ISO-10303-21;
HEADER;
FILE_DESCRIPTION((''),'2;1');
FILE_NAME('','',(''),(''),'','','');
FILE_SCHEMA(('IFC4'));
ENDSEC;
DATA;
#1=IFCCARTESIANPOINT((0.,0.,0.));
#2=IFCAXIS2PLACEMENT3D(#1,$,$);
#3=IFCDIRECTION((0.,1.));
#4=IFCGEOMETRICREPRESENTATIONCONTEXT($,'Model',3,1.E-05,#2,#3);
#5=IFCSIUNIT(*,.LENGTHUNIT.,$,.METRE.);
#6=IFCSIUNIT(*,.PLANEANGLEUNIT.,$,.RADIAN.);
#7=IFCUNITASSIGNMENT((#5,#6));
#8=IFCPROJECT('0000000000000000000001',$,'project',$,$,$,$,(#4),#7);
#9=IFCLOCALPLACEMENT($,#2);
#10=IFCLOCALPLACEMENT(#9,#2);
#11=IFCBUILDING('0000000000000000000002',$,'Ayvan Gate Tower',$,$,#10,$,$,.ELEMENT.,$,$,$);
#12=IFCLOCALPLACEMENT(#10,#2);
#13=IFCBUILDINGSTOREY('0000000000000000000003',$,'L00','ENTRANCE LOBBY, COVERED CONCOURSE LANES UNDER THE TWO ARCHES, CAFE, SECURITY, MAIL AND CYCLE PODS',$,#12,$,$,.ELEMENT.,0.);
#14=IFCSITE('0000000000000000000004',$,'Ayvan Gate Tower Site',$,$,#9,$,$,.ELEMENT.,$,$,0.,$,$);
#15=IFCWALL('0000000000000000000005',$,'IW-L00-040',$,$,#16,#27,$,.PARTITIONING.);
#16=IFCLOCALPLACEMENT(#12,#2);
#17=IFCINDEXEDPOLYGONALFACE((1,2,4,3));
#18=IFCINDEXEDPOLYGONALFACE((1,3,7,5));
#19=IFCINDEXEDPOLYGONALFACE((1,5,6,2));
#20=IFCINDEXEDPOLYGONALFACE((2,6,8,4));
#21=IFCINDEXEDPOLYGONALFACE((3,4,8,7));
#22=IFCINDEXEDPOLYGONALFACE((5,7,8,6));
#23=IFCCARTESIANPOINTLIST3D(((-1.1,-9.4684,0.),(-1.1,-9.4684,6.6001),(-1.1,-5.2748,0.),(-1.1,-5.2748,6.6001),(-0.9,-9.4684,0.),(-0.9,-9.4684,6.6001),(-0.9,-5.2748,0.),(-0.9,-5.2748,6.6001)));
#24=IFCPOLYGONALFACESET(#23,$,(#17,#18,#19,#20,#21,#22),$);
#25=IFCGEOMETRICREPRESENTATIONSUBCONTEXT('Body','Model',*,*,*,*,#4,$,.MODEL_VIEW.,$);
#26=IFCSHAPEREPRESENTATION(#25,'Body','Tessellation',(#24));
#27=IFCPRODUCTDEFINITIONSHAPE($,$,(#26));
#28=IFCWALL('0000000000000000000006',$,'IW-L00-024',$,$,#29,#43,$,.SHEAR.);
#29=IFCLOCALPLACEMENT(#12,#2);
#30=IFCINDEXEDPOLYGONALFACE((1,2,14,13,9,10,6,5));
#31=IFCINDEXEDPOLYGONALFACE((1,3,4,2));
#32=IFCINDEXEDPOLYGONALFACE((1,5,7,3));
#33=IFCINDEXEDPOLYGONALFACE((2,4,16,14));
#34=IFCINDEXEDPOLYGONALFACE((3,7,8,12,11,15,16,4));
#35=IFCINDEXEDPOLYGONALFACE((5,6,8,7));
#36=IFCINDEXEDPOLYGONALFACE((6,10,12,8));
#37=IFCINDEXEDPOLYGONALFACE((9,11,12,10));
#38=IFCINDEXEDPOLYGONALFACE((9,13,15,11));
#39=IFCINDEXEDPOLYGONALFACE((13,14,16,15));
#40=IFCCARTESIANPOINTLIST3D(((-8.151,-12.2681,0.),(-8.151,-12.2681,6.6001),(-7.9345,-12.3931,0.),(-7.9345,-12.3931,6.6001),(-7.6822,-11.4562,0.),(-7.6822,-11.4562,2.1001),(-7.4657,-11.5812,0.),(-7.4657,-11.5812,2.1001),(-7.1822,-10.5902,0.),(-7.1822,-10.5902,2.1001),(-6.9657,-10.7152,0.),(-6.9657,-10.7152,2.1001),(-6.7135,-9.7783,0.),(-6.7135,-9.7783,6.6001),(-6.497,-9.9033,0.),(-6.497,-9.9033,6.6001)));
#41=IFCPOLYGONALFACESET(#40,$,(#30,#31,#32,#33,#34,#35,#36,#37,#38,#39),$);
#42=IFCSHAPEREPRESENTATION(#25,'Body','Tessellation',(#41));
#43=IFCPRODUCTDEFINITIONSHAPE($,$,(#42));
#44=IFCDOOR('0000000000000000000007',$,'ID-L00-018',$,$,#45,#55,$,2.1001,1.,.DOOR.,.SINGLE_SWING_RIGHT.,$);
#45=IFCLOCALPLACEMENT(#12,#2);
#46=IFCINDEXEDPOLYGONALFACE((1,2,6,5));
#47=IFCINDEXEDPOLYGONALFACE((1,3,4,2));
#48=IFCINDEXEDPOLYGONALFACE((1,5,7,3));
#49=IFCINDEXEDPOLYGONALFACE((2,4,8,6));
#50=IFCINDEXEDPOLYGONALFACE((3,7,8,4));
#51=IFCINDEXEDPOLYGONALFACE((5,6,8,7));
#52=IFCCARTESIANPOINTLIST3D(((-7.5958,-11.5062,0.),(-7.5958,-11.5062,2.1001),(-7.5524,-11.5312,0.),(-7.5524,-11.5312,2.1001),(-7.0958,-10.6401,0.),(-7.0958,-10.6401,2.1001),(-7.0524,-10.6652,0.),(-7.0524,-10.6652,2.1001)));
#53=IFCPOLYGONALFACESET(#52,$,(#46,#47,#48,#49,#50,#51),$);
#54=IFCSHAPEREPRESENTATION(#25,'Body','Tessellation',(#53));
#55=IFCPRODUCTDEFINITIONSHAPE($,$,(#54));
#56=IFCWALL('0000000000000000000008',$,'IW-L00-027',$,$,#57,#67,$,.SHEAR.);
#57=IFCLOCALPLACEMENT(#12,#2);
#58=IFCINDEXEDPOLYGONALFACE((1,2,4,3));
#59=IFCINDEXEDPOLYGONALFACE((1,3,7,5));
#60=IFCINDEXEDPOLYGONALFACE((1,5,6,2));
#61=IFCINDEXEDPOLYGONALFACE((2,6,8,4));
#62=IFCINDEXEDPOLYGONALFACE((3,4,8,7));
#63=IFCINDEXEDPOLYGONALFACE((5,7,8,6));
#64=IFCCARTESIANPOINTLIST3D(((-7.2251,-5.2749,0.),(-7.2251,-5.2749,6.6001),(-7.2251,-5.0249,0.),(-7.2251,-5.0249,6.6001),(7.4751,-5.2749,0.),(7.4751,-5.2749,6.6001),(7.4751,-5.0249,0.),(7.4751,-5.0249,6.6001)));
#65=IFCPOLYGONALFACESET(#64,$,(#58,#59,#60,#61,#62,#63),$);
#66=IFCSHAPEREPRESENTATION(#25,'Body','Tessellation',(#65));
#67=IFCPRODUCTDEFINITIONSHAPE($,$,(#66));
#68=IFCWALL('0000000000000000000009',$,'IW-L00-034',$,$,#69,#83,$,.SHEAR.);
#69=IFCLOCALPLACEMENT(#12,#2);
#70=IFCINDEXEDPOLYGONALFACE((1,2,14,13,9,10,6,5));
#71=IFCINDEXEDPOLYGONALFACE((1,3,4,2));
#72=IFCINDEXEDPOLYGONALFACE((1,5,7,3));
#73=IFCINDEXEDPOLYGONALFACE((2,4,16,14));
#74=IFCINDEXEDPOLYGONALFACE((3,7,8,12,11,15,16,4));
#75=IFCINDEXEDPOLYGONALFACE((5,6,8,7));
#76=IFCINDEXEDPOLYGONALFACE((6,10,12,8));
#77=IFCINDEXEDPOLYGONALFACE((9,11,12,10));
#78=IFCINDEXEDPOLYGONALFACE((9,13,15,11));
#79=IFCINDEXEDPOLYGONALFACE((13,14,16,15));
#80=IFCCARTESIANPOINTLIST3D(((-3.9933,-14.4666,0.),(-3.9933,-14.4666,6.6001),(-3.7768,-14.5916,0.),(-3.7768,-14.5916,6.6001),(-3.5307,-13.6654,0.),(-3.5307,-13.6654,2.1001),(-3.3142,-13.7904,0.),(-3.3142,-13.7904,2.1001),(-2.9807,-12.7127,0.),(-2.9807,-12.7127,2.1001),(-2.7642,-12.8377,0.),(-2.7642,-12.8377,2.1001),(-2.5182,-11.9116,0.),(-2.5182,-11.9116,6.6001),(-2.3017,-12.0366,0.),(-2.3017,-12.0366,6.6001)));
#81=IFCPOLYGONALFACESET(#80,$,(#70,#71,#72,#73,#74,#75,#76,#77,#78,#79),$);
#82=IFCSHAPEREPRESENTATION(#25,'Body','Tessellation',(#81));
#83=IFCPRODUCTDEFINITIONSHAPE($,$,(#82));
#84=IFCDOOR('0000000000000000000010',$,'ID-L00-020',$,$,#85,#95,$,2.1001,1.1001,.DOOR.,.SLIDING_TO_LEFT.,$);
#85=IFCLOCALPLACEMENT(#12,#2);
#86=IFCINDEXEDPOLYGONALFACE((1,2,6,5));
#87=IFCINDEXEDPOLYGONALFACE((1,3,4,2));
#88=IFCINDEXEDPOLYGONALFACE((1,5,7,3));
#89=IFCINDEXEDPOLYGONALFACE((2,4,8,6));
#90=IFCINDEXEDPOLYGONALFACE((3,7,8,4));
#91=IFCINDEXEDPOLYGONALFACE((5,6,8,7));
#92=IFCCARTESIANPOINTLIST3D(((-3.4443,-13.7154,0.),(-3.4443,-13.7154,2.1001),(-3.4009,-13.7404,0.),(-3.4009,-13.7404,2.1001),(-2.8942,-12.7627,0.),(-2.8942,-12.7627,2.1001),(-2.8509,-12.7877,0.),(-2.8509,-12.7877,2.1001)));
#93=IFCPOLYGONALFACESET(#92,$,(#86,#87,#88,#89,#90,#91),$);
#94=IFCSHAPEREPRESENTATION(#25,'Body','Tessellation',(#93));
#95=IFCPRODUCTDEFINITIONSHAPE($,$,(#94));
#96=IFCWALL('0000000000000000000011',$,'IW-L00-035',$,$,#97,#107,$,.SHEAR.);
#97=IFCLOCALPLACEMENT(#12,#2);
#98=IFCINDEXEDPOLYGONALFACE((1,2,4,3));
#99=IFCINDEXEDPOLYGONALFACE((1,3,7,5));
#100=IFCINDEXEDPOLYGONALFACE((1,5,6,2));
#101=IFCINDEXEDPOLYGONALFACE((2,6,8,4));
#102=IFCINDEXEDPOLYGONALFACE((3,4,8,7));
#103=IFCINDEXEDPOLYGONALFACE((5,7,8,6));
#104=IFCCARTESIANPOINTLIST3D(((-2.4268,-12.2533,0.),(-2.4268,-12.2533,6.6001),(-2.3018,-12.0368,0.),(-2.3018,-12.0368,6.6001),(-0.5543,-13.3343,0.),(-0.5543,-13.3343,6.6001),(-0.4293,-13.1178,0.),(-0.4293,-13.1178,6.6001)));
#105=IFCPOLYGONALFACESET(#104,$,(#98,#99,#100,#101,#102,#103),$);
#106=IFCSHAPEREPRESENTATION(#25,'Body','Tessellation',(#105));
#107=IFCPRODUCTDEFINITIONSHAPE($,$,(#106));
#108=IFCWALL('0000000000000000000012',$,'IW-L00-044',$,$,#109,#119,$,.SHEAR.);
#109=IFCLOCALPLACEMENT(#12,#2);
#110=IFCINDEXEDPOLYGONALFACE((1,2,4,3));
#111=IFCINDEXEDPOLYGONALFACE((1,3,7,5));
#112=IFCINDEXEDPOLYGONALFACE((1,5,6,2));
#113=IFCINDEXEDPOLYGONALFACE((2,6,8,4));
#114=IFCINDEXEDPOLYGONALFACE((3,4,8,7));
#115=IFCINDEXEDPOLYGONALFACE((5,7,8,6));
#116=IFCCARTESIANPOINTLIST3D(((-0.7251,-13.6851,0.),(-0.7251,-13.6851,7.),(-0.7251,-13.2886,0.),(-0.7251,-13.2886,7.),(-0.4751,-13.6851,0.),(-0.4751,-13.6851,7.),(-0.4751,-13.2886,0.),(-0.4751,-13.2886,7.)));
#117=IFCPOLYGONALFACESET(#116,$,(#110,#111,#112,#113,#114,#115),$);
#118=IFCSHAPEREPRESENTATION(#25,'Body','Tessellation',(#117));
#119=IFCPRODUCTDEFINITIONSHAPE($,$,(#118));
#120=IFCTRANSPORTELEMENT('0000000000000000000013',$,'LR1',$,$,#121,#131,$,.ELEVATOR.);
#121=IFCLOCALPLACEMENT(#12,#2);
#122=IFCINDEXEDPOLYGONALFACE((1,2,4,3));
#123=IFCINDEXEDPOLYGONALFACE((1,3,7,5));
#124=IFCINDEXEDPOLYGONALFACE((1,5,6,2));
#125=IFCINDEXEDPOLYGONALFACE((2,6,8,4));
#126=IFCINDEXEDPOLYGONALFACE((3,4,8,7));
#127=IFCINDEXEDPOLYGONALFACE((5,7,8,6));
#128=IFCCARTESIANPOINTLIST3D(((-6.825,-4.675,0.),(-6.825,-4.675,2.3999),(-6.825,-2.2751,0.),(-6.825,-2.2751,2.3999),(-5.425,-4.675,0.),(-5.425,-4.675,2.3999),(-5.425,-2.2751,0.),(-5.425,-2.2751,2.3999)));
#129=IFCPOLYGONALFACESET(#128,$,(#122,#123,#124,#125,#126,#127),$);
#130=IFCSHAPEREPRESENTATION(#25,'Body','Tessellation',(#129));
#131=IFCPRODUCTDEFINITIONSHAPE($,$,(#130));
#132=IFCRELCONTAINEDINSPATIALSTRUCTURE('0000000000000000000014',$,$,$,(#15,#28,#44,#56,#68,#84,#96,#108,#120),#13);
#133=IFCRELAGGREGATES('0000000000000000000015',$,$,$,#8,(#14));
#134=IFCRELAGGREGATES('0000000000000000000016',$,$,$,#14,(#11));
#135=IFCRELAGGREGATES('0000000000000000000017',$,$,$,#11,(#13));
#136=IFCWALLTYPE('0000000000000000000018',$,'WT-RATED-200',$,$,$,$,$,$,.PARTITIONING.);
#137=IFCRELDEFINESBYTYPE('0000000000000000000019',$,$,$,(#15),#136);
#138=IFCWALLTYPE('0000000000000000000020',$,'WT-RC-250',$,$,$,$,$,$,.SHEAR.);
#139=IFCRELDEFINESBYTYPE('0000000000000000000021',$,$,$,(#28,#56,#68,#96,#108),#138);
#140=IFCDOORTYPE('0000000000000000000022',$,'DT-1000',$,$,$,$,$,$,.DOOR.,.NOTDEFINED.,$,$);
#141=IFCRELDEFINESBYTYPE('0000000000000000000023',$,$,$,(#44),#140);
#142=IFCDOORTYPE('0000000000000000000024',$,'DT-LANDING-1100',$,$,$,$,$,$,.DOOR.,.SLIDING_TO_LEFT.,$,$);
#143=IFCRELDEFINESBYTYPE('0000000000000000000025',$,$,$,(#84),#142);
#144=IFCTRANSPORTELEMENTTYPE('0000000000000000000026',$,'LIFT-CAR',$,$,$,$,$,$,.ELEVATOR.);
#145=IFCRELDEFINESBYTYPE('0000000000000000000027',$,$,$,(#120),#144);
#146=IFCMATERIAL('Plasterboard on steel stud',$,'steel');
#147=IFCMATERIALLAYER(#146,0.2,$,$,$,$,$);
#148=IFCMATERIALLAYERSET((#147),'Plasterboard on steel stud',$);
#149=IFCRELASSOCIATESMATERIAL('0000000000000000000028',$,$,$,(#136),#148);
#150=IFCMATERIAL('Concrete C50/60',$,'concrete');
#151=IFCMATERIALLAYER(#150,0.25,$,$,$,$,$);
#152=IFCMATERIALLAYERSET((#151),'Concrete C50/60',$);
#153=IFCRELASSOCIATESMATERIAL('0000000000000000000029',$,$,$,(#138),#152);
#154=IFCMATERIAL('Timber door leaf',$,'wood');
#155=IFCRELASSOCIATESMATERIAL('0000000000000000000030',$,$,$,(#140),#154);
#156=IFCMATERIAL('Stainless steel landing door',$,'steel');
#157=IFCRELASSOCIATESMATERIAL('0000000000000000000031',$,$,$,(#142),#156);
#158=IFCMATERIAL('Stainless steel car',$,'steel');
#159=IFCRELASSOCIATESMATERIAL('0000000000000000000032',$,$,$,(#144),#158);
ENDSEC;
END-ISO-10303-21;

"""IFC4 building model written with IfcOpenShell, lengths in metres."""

from ifc_helpers import new_model, si_unit, direction, frame, frame_2d, origin, origin_2d, place, context, subcontext, project, spatial, rectangle, extrude, material, layer, layer_set, type_object, element, fill, save


model = new_model("IFC4")

# Units and contexts
model_context = context("Model", 3, precision=1e-05, world=origin(), true_north=direction((0.0, 1.0)))
body_context = subcontext(model_context, "Body", "Model", "MODEL_VIEW")
ifc_project = project(units=[si_unit("LENGTHUNIT", "METRE"), si_unit("PLANEANGLEUNIT", "RADIAN")], contexts=[model_context])

# Site, building, storey
site_placement = place(None, origin())
site = spatial("IfcSite", under=ifc_project, at=site_placement, Name="Ayvan Gate Tower Site", CompositionType="ELEMENT", RefElevation=0.0)
building_placement = place(site_placement, origin())
building = spatial("IfcBuilding", under=site, at=building_placement, Name="Ayvan Gate Tower", CompositionType="ELEMENT")
storey_placement = place(building_placement, origin())
storey = spatial("IfcBuildingStorey", under=building, at=storey_placement, Name="L00", Description="ENTRANCE LOBBY, COVERED CONCOURSE LANES UNDER THE TWO ARCHES, CAFE, SECURITY, MAIL AND CYCLE PODS", CompositionType="ELEMENT", Elevation=0.0)

# Shared definitions
ifc_material_1 = material(Name="Timber door leaf", Category="wood")

# Shared definitions
ifc_material_2 = material(Name="Plasterboard on steel stud", Category="steel")
ifc_layer_1 = layer(ifc_material_2, 0.2)
ifc_layer_set_1 = layer_set([ifc_layer_1], Name="Plasterboard on steel stud")
wall_type_1 = type_object("IfcWallType", Name="WT-RATED-200", PredefinedType="PARTITIONING", material=ifc_layer_set_1)

# Wall
wall_1_placement = place(storey_placement, frame((-1.0, -5.2749, 0.0), z_axis=(0.0, 0.0, 1.0), x_axis=(0.0, -1.0, 0.0)))
element("IfcWall", 1, at=wall_1_placement, inside=storey, type_object=wall_type_1, Name="IW-L00-040", PredefinedType="PARTITIONING", context=body_context, shape_type="SweptSolid", body=[
    extrude(rectangle(XDim=4.1936, YDim=0.2, at=frame_2d((2.0967, 0.0))), origin(), (0.0, 0.0, 1.0), 6.6001),
])

# Wall, opening, door
ifc_material_3 = material(Name="Concrete C50/60", Category="concrete")
ifc_layer_2 = layer(ifc_material_3, 0.25)
ifc_layer_set_2 = layer_set([ifc_layer_2], Name="Concrete C50/60")
wall_type_2 = type_object("IfcWallType", Name="WT-RC-250", PredefinedType="SHEAR", material=ifc_layer_set_2)
wall_2_placement = place(storey_placement, frame((-6.6052, -9.8408, 0.0), z_axis=(0.0, 0.0, 1.0), x_axis=(-0.500012, -0.866019, 0.0)))
wall_2 = element("IfcWall", 2, at=wall_2_placement, inside=storey, type_object=wall_type_2, Name="IW-L00-024", PredefinedType="SHEAR", context=body_context, shape_type="SweptSolid", body=[
    extrude(rectangle(XDim=2.875, YDim=0.25, at=frame_2d((1.4375, 0.0))), origin(), (0.0, 0.0, 1.0), 6.6001),
])
opening_1_placement = place(wall_2_placement, frame((0.9375, 0.0, 0.0)))
opening_1 = element("IfcOpeningElement", 3, at=opening_1_placement, cuts=wall_2, PredefinedType="OPENING", context=body_context, shape_type="SweptSolid", body=[
    extrude(rectangle(XDim=1.0, YDim=2.1001, at=frame_2d((0.5, 1.05))), frame((0.0, 0.135, 0.0), z_axis=(0.0, -1.0, 0.0), x_axis=(1.0, 0.0, 0.0)), (0.0, 0.0, 1.0), 0.27),
])
door_type_1 = type_object("IfcDoorType", Name="DT-1000", OperationType="NOTDEFINED", PredefinedType="DOOR", material=ifc_material_1)
door_1_placement = place(opening_1_placement, origin())
door_1 = element("IfcDoor", 4, at=door_1_placement, inside=storey, type_object=door_type_1, Name="ID-L00-018", OperationType="SINGLE_SWING_RIGHT", OverallHeight=2.1001, OverallWidth=1.0, PredefinedType="DOOR", context=body_context, shape_type="SweptSolid", body=[
    extrude(rectangle(XDim=1.0, YDim=2.1001, at=frame_2d((0.5, 1.05))), frame((0.0, 0.0249, 0.0), z_axis=(0.0, -1.0, 0.0), x_axis=(1.0, 0.0, 0.0)), (0.0, 0.0, 1.0), 0.05),
])
fill(opening_1, door_1)

# Wall
wall_3_placement = place(storey_placement, frame((-7.2251, -5.1499, 0.0), z_axis=(0.0, 0.0, 1.0), x_axis=(1.0, 0.0, 0.0)))
element("IfcWall", 5, at=wall_3_placement, inside=storey, type_object=wall_type_2, Name="IW-L00-027", PredefinedType="SHEAR", context=body_context, shape_type="SweptSolid", body=[
    extrude(rectangle(XDim=14.7002, YDim=0.25, at=frame_2d((7.3501, 0.0))), origin(), (0.0, 0.0, 1.0), 6.6001),
])

# Wall, opening, door
wall_4_placement = place(storey_placement, frame((-2.4099, -11.9741, 0.0), z_axis=(0.0, 0.0, 1.0), x_axis=(-0.500002, -0.866024, 0.0)))
wall_4 = element("IfcWall", 6, at=wall_4_placement, inside=storey, type_object=wall_type_2, Name="IW-L00-034", PredefinedType="SHEAR", context=body_context, shape_type="SweptSolid", body=[
    extrude(rectangle(XDim=2.9502, YDim=0.25, at=frame_2d((1.4751, 0.0))), origin(), (0.0, 0.0, 1.0), 6.6001),
])
opening_2_placement = place(wall_4_placement, frame((0.925, 0.0, 0.0)))
opening_2 = element("IfcOpeningElement", 7, at=opening_2_placement, cuts=wall_4, PredefinedType="OPENING", context=body_context, shape_type="SweptSolid", body=[
    extrude(rectangle(XDim=1.1001, YDim=2.1001, at=frame_2d((0.55, 1.05))), frame((0.0, 0.135, 0.0), z_axis=(0.0, -1.0, 0.0), x_axis=(1.0, 0.0, 0.0)), (0.0, 0.0, 1.0), 0.27),
])
ifc_material_4 = material(Name="Stainless steel landing door", Category="steel")
door_type_2 = type_object("IfcDoorType", Name="DT-LANDING-1100", OperationType="SLIDING_TO_LEFT", PredefinedType="DOOR", material=ifc_material_4)
door_2_placement = place(opening_2_placement, origin())
door_2 = element("IfcDoor", 8, at=door_2_placement, inside=storey, type_object=door_type_2, Name="ID-L00-020", OperationType="SLIDING_TO_LEFT", OverallHeight=2.1001, OverallWidth=1.1001, PredefinedType="DOOR", context=body_context, shape_type="SweptSolid", body=[
    extrude(rectangle(XDim=1.1001, YDim=2.1001, at=frame_2d((0.55, 1.05))), frame((0.0, 0.0249, 0.0), z_axis=(0.0, -1.0, 0.0), x_axis=(1.0, 0.0, 0.0)), (0.0, 0.0, 1.0), 0.05),
])
fill(opening_2, door_2)

# Walls
wall_5_placement = place(storey_placement, frame((-2.3643, -12.145, 0.0), z_axis=(0.0, 0.0, 1.0), x_axis=(0.866039, -0.499977, 0.0)))
element("IfcWall", 9, at=wall_5_placement, inside=storey, type_object=wall_type_2, Name="IW-L00-035", PredefinedType="SHEAR", context=body_context, shape_type="SweptSolid", body=[
    extrude(rectangle(XDim=2.1621, YDim=0.25, at=frame_2d((1.0811, 0.0))), origin(), (0.0, 0.0, 1.0), 6.6001),
])
wall_6_placement = place(storey_placement, frame((-0.6001, -13.2886, 0.0), z_axis=(0.0, 0.0, 1.0), x_axis=(0.0, -1.0, 0.0)))
element("IfcWall", 10, at=wall_6_placement, inside=storey, type_object=wall_type_2, Name="IW-L00-044", PredefinedType="SHEAR", context=body_context, shape_type="SweptSolid", body=[
    extrude(rectangle(XDim=0.3965, YDim=0.25, at=frame_2d((0.1982, 0.0))), origin(), (0.0, 0.0, 1.0), 7.0),
])

# Transport element
ifc_material_5 = material(Name="Stainless steel car", Category="steel")
transport_element_type = type_object("IfcTransportElementType", Name="LIFT-CAR", PredefinedType="ELEVATOR", material=ifc_material_5)
transport_element_placement = place(storey_placement, frame((-6.125, -3.4751, 0.0), z_axis=(0.0, 0.0, 1.0), x_axis=(1.0, 0.0, 0.0)))
element("IfcTransportElement", 11, at=transport_element_placement, inside=storey, type_object=transport_element_type, Name="LR1", PredefinedType="ELEVATOR", context=body_context, shape_type="SweptSolid", body=[
    extrude(rectangle(XDim=1.3999, YDim=2.3999, at=origin_2d()), origin(), (0.0, 0.0, 1.0), 2.3999),
])

save(model, "model.ifc")
